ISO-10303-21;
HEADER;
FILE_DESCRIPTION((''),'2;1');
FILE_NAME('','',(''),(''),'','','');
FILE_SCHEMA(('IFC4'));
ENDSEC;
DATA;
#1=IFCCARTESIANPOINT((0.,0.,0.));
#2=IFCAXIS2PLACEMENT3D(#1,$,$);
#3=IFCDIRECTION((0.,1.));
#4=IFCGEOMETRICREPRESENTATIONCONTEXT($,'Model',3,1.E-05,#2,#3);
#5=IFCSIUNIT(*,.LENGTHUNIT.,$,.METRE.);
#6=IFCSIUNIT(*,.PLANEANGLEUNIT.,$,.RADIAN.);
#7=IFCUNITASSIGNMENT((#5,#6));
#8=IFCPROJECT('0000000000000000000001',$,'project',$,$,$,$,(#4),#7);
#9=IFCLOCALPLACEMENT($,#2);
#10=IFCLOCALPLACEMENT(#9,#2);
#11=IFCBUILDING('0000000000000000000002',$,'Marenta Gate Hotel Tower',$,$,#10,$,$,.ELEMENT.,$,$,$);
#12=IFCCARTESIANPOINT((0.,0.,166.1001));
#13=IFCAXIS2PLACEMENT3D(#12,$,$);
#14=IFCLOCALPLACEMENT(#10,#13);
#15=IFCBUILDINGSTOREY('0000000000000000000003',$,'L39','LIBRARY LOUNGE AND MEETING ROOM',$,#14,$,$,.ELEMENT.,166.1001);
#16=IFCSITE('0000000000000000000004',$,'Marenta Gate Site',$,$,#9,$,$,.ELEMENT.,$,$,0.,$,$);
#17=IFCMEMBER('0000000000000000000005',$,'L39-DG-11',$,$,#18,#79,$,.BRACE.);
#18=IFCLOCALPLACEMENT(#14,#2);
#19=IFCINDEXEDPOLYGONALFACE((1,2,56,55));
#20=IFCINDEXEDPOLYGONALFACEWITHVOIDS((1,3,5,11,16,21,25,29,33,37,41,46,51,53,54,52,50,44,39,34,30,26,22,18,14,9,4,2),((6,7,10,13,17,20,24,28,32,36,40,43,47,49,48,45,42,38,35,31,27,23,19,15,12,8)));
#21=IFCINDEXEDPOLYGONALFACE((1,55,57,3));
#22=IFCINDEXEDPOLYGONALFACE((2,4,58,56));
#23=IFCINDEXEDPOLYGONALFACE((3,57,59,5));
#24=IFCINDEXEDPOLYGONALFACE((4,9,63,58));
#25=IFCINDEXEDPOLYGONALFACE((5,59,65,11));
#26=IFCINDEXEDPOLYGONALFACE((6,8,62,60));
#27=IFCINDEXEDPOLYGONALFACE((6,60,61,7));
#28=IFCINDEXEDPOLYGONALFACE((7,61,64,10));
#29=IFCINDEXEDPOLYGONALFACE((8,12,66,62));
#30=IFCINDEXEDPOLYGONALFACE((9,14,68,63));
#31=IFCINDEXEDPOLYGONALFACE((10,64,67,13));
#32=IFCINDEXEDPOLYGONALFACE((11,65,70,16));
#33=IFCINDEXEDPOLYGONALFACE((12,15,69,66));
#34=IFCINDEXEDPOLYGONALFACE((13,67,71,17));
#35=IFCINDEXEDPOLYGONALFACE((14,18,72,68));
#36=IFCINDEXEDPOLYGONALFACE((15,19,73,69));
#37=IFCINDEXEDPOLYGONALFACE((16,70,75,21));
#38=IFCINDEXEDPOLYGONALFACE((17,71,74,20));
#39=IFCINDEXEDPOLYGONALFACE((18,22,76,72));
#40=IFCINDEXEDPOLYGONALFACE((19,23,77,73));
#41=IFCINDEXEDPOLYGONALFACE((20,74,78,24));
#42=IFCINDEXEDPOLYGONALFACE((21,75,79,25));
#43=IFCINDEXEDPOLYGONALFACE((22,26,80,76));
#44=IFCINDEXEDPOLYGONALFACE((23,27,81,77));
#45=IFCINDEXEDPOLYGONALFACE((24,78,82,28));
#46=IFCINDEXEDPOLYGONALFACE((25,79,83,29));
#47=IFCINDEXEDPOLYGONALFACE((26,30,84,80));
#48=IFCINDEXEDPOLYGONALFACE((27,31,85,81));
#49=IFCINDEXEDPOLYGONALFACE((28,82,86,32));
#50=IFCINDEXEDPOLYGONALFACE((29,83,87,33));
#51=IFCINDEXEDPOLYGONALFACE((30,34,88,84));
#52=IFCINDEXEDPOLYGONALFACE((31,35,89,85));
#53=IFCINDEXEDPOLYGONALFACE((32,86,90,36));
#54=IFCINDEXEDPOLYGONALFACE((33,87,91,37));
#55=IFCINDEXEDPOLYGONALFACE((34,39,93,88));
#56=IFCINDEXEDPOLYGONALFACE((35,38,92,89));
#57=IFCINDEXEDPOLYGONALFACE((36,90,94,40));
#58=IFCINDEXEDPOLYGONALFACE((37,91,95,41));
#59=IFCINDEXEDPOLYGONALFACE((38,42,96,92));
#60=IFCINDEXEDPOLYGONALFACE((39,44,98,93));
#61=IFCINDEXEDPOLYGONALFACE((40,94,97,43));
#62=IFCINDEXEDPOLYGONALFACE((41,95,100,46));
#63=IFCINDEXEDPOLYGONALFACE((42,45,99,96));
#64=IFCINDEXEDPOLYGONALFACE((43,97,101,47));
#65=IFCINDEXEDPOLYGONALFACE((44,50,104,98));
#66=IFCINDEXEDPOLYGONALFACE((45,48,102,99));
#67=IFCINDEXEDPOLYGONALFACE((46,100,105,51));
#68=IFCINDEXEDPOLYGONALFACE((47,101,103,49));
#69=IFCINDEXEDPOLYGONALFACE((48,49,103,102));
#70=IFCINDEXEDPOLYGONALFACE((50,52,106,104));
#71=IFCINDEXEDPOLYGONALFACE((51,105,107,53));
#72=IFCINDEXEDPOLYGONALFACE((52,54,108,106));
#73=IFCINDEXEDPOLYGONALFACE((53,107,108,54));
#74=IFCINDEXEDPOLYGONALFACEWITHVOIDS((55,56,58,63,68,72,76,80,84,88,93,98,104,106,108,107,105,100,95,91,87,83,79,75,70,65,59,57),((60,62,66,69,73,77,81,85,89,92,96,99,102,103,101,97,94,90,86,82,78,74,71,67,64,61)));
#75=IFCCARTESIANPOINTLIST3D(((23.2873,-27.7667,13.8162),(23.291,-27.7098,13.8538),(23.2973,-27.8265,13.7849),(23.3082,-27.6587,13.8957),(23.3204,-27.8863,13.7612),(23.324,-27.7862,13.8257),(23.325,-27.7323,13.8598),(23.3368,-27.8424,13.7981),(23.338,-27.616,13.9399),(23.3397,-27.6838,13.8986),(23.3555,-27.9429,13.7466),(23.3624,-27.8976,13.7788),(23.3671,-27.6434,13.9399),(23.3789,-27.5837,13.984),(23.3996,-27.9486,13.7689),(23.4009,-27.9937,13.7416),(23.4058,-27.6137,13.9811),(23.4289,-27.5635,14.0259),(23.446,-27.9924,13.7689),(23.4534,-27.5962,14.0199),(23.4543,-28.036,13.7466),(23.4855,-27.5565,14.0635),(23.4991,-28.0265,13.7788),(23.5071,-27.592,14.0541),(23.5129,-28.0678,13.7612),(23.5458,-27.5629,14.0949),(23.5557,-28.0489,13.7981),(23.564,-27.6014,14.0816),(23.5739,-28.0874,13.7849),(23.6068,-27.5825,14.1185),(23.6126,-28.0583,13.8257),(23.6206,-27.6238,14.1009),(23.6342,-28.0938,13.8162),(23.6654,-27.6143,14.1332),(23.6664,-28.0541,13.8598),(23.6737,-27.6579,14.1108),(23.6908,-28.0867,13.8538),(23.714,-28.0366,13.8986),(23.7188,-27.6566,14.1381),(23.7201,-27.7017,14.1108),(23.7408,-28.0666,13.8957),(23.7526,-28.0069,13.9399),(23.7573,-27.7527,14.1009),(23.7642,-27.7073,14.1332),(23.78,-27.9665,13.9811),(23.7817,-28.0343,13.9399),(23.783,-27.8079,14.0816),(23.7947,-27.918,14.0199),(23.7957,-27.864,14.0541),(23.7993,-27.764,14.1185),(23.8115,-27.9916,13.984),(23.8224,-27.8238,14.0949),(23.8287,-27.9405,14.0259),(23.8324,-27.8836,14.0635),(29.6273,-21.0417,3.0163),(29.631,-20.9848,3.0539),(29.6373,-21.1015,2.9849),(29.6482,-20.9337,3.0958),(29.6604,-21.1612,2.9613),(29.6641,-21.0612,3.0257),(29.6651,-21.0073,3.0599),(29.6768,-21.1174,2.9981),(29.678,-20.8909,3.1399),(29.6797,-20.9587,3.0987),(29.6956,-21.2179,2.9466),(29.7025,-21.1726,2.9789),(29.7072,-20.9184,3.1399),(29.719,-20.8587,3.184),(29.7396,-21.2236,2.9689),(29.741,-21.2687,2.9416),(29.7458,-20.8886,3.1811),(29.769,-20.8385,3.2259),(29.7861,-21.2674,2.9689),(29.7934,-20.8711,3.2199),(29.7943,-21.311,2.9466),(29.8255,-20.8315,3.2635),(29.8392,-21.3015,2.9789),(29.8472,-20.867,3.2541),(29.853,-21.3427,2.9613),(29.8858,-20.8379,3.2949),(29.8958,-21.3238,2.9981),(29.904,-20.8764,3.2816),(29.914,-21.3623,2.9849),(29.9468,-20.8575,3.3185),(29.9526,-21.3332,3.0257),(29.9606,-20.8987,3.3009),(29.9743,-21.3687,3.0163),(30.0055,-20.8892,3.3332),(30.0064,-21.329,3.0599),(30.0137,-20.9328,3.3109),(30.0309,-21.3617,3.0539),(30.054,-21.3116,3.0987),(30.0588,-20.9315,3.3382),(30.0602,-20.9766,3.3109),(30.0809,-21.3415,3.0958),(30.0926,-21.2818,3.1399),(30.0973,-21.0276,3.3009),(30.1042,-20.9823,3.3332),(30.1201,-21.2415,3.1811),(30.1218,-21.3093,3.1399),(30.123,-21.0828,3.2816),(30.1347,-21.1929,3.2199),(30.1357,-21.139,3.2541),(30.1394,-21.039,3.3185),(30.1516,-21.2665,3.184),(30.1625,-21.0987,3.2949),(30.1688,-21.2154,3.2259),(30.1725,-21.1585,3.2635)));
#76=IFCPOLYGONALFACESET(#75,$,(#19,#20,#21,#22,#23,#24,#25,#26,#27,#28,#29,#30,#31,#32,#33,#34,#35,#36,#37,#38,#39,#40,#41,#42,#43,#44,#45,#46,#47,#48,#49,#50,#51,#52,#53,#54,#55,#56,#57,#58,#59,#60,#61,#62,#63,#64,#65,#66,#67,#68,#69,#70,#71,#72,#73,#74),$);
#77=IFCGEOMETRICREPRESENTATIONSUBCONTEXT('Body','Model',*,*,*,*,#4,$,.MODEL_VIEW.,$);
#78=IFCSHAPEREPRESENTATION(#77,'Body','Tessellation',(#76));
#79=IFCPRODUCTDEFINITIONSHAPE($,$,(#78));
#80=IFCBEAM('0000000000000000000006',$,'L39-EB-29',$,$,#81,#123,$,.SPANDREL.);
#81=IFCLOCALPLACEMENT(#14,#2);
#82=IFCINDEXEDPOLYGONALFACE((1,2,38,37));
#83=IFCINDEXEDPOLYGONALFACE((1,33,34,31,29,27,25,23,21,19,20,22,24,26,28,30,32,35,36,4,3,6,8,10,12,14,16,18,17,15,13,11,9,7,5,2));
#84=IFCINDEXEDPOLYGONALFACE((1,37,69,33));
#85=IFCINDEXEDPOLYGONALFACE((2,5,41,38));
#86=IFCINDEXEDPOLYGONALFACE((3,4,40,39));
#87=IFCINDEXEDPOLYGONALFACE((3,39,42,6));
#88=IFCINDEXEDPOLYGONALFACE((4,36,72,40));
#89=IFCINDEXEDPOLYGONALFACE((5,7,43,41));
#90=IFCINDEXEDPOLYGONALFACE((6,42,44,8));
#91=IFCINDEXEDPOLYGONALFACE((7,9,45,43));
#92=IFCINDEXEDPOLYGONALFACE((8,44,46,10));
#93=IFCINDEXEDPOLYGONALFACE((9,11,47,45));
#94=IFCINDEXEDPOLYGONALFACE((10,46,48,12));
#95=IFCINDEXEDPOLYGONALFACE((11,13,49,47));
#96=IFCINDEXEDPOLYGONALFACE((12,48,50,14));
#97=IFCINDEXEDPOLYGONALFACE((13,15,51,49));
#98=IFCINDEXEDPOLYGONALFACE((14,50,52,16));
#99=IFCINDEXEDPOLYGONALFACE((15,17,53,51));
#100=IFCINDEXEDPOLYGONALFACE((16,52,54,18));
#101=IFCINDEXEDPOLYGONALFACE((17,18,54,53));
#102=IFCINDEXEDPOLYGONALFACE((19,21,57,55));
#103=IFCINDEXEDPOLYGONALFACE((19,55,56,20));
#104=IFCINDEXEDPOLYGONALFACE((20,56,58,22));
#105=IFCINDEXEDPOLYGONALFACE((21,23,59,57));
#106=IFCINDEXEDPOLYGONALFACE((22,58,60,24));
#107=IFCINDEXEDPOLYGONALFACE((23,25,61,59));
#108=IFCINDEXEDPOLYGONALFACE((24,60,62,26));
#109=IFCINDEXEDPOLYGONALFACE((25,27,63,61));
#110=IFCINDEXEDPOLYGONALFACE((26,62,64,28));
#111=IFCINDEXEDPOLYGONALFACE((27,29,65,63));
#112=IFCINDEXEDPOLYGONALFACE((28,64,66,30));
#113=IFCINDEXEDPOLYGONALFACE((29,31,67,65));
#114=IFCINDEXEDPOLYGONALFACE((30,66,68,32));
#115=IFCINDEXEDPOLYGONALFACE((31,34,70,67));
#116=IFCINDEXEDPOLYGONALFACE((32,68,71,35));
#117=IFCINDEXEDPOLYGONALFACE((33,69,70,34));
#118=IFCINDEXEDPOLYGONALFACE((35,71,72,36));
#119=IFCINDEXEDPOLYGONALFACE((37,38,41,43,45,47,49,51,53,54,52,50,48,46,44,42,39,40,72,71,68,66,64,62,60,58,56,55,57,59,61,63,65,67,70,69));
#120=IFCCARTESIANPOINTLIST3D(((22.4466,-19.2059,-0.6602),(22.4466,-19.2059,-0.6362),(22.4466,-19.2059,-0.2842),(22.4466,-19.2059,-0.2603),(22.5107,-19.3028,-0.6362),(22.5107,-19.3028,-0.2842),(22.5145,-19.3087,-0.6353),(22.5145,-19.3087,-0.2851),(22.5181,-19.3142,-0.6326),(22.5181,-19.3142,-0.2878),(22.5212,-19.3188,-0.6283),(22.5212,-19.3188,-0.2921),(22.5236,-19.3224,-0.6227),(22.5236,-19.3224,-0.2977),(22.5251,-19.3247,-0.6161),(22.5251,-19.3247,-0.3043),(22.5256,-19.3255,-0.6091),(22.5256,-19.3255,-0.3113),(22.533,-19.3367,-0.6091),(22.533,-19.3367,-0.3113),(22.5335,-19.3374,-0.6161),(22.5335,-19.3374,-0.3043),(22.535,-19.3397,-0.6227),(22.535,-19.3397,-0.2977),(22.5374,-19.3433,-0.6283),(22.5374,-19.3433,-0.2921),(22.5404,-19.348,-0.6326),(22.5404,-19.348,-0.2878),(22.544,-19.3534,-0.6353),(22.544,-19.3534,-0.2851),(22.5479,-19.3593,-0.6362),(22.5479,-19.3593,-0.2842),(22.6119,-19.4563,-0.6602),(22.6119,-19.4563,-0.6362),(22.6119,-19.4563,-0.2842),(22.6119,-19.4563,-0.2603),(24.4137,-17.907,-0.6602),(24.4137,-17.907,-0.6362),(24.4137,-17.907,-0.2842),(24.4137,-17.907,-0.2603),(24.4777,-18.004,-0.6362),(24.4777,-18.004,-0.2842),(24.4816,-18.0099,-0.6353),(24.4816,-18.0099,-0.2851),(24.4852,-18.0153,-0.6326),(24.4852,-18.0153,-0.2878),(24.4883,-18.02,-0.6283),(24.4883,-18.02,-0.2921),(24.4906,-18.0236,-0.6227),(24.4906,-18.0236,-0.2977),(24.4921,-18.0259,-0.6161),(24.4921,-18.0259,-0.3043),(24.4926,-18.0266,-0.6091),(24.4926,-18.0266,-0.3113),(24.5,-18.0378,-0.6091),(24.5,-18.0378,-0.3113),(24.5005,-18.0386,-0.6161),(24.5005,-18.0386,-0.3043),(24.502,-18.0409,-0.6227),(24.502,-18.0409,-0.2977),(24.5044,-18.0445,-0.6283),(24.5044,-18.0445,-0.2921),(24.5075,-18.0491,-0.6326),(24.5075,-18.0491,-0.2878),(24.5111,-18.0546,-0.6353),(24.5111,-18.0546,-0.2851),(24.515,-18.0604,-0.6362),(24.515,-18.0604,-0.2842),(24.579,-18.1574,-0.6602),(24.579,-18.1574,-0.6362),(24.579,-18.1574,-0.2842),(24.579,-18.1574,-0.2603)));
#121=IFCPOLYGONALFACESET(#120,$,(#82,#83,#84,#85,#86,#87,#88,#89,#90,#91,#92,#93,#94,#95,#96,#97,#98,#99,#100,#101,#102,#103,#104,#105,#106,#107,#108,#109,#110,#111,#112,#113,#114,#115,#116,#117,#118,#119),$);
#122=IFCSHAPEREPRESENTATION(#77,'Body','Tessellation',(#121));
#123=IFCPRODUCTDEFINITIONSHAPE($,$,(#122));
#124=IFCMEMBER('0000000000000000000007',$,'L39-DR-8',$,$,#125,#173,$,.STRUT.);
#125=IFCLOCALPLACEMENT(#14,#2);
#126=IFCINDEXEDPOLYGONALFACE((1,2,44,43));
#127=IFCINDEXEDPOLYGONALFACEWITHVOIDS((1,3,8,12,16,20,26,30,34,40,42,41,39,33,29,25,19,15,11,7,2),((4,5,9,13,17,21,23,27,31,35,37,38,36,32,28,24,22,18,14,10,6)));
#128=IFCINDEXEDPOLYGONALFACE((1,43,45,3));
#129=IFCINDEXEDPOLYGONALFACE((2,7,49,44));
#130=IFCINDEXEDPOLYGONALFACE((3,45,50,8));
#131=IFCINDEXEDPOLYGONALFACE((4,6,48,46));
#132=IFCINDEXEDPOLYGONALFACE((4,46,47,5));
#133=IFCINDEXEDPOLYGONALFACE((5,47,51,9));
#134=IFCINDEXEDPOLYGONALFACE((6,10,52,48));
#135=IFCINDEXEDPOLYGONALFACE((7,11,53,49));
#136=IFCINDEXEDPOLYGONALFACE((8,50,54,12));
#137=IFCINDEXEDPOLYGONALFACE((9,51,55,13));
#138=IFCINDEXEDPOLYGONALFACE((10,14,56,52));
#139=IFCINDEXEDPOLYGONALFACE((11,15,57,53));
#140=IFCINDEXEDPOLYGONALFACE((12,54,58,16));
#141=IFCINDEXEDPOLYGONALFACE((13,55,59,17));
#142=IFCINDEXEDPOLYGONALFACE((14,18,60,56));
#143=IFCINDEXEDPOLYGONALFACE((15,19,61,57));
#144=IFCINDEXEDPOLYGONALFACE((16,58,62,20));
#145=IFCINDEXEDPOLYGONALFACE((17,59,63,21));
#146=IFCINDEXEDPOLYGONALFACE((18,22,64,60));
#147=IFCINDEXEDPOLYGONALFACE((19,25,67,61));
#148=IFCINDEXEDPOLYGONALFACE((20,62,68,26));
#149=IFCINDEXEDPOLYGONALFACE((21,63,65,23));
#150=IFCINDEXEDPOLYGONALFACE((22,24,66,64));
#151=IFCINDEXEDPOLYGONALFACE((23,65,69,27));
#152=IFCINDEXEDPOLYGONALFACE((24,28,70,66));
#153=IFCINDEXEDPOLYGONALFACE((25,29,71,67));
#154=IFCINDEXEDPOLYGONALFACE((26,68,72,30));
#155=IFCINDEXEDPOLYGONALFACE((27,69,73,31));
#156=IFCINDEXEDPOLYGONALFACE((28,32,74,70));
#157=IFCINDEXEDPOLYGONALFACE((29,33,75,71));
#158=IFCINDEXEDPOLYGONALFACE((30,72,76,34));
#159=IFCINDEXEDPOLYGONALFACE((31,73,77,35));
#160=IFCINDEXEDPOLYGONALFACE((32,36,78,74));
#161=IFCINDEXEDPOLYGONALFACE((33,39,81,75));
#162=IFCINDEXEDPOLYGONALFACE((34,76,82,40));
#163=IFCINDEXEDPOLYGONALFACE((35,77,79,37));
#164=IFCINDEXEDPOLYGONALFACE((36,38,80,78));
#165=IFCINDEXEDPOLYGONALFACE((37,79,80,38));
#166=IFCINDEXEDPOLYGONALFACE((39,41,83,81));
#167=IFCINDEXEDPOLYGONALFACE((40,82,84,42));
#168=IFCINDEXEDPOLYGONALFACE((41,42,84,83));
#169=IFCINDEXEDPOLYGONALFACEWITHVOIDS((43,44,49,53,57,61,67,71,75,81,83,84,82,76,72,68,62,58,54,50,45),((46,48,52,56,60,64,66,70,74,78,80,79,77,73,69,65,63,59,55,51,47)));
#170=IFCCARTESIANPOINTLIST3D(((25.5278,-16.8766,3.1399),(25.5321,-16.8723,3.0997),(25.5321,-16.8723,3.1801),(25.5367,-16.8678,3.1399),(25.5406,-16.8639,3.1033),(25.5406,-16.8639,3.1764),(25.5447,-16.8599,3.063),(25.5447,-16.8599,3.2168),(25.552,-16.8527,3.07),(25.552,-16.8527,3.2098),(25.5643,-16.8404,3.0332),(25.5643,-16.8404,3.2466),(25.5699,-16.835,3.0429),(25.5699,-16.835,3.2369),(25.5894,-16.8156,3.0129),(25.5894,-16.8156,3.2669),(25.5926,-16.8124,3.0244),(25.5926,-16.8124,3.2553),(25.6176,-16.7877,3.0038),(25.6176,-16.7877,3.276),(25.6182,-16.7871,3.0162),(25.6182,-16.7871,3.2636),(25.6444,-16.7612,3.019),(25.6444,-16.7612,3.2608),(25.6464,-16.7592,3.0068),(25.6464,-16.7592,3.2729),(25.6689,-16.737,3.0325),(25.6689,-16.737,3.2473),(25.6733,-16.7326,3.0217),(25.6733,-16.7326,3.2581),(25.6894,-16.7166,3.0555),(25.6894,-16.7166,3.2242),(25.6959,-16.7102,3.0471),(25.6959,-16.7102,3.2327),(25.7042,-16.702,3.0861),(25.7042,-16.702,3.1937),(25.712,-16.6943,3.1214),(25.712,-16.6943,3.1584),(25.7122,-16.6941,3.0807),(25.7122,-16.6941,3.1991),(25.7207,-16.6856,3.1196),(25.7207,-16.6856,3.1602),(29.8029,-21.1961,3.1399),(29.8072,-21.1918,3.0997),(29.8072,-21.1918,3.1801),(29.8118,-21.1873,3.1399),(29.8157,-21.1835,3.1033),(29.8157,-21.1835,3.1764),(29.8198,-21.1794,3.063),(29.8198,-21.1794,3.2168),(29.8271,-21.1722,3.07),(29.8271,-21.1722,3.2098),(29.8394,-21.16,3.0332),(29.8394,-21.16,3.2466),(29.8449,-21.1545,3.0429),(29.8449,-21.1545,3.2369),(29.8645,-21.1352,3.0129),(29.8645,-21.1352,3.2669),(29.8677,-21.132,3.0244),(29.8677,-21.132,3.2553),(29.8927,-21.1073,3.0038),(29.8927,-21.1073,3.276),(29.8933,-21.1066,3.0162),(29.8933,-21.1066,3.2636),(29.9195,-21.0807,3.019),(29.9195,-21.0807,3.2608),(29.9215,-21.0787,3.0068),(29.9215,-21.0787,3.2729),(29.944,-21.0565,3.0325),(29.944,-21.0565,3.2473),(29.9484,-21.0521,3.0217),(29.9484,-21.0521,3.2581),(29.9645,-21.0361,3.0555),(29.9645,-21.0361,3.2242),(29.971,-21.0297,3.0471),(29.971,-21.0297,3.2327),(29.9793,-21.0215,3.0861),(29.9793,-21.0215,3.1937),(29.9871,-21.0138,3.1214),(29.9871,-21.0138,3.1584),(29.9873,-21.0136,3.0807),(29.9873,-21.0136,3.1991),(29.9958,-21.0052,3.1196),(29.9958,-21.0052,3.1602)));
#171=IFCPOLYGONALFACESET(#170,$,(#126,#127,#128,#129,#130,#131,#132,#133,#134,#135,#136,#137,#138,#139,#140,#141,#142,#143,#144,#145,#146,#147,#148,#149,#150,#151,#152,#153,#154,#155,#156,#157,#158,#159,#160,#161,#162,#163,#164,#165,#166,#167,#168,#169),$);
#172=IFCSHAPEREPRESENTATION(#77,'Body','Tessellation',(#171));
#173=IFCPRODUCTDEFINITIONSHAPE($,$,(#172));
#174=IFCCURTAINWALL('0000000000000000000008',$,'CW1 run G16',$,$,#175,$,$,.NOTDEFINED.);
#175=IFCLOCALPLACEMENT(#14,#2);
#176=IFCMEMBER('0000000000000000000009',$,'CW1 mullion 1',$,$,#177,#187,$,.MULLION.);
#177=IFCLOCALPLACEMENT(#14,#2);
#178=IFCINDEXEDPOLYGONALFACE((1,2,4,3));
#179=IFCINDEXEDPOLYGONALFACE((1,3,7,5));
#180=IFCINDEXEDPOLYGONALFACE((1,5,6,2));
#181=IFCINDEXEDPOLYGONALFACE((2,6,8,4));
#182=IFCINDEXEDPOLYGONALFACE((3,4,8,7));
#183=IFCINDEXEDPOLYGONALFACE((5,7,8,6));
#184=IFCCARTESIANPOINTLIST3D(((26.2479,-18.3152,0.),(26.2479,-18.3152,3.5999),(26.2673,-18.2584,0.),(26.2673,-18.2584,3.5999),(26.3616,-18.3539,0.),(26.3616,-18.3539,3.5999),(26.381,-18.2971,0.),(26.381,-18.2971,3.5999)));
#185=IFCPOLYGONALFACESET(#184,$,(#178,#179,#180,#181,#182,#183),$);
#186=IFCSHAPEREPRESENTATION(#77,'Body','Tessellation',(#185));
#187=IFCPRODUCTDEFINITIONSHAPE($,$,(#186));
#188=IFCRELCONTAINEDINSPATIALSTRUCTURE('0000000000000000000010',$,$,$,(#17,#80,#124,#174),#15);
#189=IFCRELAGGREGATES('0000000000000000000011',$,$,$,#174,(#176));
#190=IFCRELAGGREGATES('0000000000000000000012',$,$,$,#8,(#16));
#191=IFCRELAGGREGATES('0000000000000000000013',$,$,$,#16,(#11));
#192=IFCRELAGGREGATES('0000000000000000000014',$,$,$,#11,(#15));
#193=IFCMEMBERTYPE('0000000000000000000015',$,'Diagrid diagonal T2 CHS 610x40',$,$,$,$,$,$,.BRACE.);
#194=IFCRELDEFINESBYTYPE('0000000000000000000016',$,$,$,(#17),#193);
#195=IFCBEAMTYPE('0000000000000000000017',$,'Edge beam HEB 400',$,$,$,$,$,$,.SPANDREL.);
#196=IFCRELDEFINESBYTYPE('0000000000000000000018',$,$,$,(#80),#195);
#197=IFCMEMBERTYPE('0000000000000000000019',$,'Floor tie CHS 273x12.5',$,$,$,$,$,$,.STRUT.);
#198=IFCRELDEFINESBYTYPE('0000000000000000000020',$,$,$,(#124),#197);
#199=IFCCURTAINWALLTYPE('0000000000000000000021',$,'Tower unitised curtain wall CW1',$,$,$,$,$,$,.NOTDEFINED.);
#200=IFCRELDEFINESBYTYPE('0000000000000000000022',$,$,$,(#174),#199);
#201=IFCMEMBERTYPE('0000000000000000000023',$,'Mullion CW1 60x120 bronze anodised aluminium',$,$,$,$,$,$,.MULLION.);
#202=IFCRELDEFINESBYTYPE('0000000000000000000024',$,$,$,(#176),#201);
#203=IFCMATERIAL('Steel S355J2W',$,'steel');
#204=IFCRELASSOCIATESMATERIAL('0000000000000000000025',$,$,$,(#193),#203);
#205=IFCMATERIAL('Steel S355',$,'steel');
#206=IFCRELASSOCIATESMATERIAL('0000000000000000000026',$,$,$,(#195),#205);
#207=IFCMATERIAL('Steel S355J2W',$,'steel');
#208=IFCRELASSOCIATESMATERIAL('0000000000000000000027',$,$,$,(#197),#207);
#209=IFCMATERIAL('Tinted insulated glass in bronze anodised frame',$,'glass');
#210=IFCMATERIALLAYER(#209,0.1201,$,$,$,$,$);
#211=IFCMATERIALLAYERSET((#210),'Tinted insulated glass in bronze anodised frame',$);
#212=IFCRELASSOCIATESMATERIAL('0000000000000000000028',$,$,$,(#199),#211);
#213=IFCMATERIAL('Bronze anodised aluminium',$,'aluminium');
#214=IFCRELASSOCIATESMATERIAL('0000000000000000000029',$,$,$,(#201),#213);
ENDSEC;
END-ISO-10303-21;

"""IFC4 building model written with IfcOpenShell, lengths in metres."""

from ifc_helpers import new_model, si_unit, direction, frame, origin, origin_2d, place, context, subcontext, project, spatial, rectangle, hollow_circle, i_section, extrude, material, layer, layer_set, material_profile, profile_set, type_object, element, aggregate, save


model = new_model("IFC4")

# Units and contexts
model_context = context("Model", 3, precision=1e-05, world=origin(), true_north=direction((0.0, 1.0)))
body_context = subcontext(model_context, "Body", "Model", "MODEL_VIEW")
ifc_project = project(units=[si_unit("LENGTHUNIT", "METRE"), si_unit("PLANEANGLEUNIT", "RADIAN")], contexts=[model_context])

# Site, building, storey
site_placement = place(None, origin())
site = spatial("IfcSite", under=ifc_project, at=site_placement, Name="Marenta Gate Site", CompositionType="ELEMENT", RefElevation=0.0)
building_placement = place(site_placement, origin())
building = spatial("IfcBuilding", under=site, at=building_placement, Name="Marenta Gate Hotel Tower", CompositionType="ELEMENT")
storey_placement = place(building_placement, frame((0.0, 0.0, 166.1001)))
storey = spatial("IfcBuildingStorey", under=building, at=storey_placement, Name="L39", Description="LIBRARY LOUNGE AND MEETING ROOM", CompositionType="ELEMENT", Elevation=166.1001)

# Member
ifc_material_1 = material(Name="Steel S355J2W", Category="steel")
ifc_material_profile_1 = material_profile(ifc_material_1, hollow_circle(Radius=0.3049, WallThickness=0.04, at=origin_2d()), Name="CHS 610x40")
ifc_profile_set_1 = profile_set([ifc_material_profile_1], Name="Steel S355J2W")
member_type_1 = type_object("IfcMemberType", Name="Diagrid diagonal T2 CHS 610x40", PredefinedType="BRACE", material=ifc_profile_set_1)
member_1_placement = place(storey_placement, frame((29.8999, -21.1001, 3.1399), z_axis=(-0.446016, -0.4731, 0.759767), x_axis=(0.727628, -0.685972, 0.0)))
element("IfcMember", 1, at=member_1_placement, inside=storey, type_object=member_type_1, Name="L39-DG-11", PredefinedType="BRACE", context=body_context, shape_type="SweptSolid", body=[
    extrude(hollow_circle(Radius=0.3049, WallThickness=0.04, at=origin_2d()), origin(), (0.0, 0.0, 1.0), 14.2148),
])

# Beam
ifc_material_2 = material(Name="Steel S355", Category="steel")
ifc_material_profile_2 = material_profile(ifc_material_2, i_section(OverallWidth=0.3, OverallDepth=0.3999, WebThickness=0.0134, FlangeThickness=0.0239, FilletRadius=0.0271, at=origin_2d()), Name="HEB 400")
ifc_profile_set_2 = profile_set([ifc_material_profile_2], Name="Steel S355")
beam_type = type_object("IfcBeamType", Name="Edge beam HEB 400", PredefinedType="SPANDREL", material=ifc_profile_set_2)
beam_placement = place(storey_placement, frame((24.4963, -18.0322, -0.4602), z_axis=(-0.834496, -0.551014, 0.0), x_axis=(0.551014, -0.834496, 0.0)))
element("IfcBeam", 2, at=beam_placement, inside=storey, type_object=beam_type, Name="L39-EB-29", PredefinedType="SPANDREL", context=body_context, shape_type="SweptSolid", body=[
    extrude(i_section(OverallWidth=0.3, OverallDepth=0.3999, WebThickness=0.0134, FlangeThickness=0.0239, FilletRadius=0.0271, at=origin_2d()), origin(), (0.0, 0.0, 1.0), 2.3572),
])

# Member
ifc_material_3 = material(Name="Steel S355J2W", Category="steel")
ifc_material_profile_3 = material_profile(ifc_material_3, hollow_circle(Radius=0.1365, WallThickness=0.0125, at=origin_2d()), Name="CHS 273x12.5")
ifc_profile_set_3 = profile_set([ifc_material_profile_3], Name="Steel S355J2W")
member_type_2 = type_object("IfcMemberType", Name="Floor tie CHS 273x12.5", PredefinedType="STRUT", material=ifc_profile_set_3)
member_2_placement = place(storey_placement, frame((29.8999, -21.1001, 3.1399), z_axis=(-0.703442, 0.710753, 0.0), x_axis=(-0.710753, -0.703442, 0.0)))
element("IfcMember", 3, at=member_2_placement, inside=storey, type_object=member_type_2, Name="L39-DR-8", PredefinedType="STRUT", context=body_context, shape_type="SweptSolid", body=[
    extrude(hollow_circle(Radius=0.1365, WallThickness=0.0125, at=origin_2d()), origin(), (0.0, 0.0, 1.0), 6.0774),
])

# Curtain wall, member
ifc_material_4 = material(Name="Tinted insulated glass in bronze anodised frame", Category="glass")
ifc_layer_1 = layer(ifc_material_4, 0.1201)
ifc_layer_set_1 = layer_set([ifc_layer_1], Name="Tinted insulated glass in bronze anodised frame")
curtain_wall_type = type_object("IfcCurtainWallType", Name="Tower unitised curtain wall CW1", PredefinedType="NOTDEFINED", material=ifc_layer_set_1)
curtain_wall_1_placement = place(storey_placement, origin())
curtain_wall_1 = element("IfcCurtainWall", 4, at=curtain_wall_1_placement, inside=storey, type_object=curtain_wall_type, Name="CW1 run G16", PredefinedType="NOTDEFINED")
ifc_material_5 = material(Name="Bronze anodised aluminium", Category="aluminium")
ifc_material_profile_4 = material_profile(ifc_material_5, rectangle(XDim=0.1201, YDim=0.0601, at=origin_2d()), Name="Mullion CW1 60x120 bronze anodised aluminium")
ifc_profile_set_4 = profile_set([ifc_material_profile_4], Name="Bronze anodised aluminium")
member_type_3 = type_object("IfcMemberType", Name="Mullion CW1 60x120 bronze anodised aluminium", PredefinedType="MULLION", material=ifc_profile_set_4)
member_3_placement = place(storey_placement, frame((26.3145, -18.3062, 0.0), z_axis=(0.0, 0.0, 1.0), x_axis=(-0.946727, 0.322037, 0.0)))
member_3 = element("IfcMember", 5, at=member_3_placement, type_object=member_type_3, Name="CW1 mullion 1", PredefinedType="MULLION", context=body_context, shape_type="SweptSolid", body=[
    extrude(rectangle(XDim=0.1201, YDim=0.0601, at=origin_2d()), origin(), (0.0, 0.0, 1.0), 3.5999),
])

aggregate(curtain_wall_1, [member_3])

save(model, "model.ifc")
